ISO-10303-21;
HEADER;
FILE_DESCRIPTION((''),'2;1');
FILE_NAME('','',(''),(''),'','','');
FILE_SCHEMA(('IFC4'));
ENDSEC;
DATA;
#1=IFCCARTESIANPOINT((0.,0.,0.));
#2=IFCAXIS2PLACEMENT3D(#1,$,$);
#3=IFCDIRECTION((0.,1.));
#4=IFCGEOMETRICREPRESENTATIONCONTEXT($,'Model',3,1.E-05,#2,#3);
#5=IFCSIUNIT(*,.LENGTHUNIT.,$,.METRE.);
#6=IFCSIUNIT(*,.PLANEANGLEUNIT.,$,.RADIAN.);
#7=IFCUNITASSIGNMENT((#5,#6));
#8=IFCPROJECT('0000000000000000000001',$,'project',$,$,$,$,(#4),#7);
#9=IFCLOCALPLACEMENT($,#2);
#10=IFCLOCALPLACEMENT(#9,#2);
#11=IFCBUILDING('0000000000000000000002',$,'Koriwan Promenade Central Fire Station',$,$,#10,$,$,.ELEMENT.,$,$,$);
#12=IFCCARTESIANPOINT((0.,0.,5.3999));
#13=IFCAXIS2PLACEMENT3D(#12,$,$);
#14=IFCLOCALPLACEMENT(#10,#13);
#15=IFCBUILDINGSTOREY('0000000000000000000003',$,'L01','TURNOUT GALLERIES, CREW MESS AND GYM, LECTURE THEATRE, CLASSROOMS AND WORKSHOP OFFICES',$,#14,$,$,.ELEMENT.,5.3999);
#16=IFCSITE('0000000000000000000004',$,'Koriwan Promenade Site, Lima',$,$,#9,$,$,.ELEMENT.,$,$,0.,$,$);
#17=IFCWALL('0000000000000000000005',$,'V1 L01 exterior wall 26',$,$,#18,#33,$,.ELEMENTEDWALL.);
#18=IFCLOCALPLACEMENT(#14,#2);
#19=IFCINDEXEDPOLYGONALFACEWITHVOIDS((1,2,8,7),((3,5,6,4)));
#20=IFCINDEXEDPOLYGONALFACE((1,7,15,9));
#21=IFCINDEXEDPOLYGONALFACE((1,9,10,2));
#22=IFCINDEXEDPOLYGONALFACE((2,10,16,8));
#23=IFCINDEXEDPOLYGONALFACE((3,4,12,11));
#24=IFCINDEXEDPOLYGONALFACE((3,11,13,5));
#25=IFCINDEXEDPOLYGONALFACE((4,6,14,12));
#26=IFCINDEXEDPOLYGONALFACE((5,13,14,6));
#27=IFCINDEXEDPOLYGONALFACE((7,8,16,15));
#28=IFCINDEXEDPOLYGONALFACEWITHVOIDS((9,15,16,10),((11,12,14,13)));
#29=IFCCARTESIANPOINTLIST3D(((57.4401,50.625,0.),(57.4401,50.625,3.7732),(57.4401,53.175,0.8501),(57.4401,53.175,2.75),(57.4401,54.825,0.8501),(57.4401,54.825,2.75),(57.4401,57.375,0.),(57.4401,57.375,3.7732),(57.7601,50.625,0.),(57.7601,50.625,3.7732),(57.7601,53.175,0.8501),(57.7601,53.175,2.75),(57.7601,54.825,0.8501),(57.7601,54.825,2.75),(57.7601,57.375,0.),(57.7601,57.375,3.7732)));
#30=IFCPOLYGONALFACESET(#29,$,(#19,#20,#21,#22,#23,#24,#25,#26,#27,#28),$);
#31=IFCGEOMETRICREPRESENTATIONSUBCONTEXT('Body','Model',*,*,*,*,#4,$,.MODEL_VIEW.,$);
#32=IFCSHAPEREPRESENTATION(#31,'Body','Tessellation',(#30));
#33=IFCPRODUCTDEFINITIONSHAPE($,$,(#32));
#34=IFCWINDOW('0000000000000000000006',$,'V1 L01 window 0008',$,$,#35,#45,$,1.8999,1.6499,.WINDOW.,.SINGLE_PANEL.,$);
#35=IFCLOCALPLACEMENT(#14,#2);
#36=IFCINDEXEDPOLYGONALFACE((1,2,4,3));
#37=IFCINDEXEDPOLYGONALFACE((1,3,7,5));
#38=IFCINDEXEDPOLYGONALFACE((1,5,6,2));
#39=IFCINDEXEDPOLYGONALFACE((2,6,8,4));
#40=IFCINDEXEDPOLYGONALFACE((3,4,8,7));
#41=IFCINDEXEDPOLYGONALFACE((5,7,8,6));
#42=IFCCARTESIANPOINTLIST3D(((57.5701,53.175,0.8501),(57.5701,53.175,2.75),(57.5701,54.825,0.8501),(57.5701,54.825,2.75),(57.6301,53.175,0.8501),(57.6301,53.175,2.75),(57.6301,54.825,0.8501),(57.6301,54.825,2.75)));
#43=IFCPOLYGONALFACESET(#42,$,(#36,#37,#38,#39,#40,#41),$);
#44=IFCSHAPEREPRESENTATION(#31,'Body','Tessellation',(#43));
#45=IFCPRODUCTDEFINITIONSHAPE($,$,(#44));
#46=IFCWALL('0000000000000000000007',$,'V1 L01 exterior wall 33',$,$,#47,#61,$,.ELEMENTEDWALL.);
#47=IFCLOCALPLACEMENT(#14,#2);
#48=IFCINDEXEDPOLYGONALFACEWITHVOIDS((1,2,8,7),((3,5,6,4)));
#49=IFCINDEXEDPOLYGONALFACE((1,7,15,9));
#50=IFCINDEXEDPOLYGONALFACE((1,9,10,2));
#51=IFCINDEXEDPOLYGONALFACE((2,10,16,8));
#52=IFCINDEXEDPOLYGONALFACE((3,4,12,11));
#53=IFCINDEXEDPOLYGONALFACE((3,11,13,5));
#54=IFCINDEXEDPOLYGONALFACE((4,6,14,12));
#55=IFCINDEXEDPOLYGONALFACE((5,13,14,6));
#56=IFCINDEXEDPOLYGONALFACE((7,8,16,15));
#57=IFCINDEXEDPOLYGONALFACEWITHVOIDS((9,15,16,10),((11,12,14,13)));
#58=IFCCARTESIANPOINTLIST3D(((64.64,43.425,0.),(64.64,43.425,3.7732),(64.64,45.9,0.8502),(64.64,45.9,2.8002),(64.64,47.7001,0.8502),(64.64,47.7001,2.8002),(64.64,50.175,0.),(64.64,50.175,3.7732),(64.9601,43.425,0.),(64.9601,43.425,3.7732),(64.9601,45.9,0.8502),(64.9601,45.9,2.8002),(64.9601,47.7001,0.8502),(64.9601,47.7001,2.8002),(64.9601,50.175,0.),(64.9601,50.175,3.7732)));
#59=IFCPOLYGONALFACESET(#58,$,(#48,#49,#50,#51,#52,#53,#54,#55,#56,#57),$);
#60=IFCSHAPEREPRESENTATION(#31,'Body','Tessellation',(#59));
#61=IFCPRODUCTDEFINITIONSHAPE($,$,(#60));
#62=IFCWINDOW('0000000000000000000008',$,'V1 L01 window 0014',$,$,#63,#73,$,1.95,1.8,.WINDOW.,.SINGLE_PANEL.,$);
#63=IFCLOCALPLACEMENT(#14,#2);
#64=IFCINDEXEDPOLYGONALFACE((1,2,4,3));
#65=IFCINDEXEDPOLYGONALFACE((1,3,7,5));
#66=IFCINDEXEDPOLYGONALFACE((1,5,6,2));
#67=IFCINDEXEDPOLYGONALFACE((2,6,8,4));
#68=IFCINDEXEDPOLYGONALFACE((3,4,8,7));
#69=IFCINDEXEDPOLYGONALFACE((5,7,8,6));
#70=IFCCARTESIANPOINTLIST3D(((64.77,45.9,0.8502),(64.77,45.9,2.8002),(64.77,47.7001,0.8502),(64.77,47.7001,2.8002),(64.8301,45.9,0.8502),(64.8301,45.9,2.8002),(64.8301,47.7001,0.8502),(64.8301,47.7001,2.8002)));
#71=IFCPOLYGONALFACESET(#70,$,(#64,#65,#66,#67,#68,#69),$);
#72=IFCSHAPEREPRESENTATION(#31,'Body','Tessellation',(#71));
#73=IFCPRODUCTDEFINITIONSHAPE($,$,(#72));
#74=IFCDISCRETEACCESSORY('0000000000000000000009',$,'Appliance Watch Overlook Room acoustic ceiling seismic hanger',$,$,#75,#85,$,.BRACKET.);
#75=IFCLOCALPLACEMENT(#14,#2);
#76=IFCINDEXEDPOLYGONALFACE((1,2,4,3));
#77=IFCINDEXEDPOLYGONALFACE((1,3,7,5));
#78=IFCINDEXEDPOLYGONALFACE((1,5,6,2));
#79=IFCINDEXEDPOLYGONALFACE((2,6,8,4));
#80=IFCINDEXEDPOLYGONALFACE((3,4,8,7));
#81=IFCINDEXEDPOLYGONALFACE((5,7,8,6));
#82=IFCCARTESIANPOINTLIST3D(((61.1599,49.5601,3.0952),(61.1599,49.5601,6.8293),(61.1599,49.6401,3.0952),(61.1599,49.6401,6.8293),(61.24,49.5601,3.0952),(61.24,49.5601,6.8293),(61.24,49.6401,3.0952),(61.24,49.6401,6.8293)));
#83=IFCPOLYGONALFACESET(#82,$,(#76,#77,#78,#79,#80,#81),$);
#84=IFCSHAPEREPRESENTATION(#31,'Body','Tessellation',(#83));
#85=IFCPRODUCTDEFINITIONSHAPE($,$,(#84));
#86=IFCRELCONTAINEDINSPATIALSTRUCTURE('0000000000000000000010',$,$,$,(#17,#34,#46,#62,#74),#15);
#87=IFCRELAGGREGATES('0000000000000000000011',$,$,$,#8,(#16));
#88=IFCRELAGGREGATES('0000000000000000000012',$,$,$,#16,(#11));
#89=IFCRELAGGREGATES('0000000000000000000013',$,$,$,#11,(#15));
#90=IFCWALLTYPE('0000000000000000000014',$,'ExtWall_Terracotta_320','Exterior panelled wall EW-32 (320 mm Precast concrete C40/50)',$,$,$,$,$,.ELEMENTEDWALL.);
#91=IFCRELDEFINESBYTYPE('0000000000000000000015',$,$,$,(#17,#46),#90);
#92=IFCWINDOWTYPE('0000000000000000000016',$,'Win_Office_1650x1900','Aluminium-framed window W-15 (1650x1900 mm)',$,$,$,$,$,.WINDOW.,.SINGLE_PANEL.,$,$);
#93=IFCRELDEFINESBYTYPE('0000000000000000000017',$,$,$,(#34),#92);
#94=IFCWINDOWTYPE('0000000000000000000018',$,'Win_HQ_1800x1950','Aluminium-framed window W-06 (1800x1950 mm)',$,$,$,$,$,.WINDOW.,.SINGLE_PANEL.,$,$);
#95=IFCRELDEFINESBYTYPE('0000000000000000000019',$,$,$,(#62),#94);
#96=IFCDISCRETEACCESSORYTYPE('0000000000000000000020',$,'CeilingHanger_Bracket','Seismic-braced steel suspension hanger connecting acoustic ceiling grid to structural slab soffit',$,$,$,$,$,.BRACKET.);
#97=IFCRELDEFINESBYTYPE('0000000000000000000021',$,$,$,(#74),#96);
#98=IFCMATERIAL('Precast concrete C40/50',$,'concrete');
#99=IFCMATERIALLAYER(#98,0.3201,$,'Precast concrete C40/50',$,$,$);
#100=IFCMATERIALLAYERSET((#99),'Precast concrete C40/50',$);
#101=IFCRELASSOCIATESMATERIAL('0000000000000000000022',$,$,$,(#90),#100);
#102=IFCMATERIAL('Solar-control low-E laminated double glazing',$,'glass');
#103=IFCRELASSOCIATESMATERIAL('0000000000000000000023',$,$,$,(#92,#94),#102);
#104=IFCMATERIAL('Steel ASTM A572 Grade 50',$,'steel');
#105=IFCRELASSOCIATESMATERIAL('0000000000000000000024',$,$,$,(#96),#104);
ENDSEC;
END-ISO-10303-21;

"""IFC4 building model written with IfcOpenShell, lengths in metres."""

from ifc_helpers import new_model, si_unit, direction, frame, frame_2d, origin, origin_2d, place, context, subcontext, project, spatial, rectangle, extrude, material, layer, layer_set, type_object, element, fill, save


model = new_model("IFC4")

# Units and contexts
model_context = context("Model", 3, precision=1e-05, world=origin(), true_north=direction((0.0, 1.0)))
body_context = subcontext(model_context, "Body", "Model", "MODEL_VIEW")
ifc_project = project(units=[si_unit("LENGTHUNIT", "METRE"), si_unit("PLANEANGLEUNIT", "RADIAN")], contexts=[model_context])

# Site, building, storey
site_placement = place(None, origin())
site = spatial("IfcSite", under=ifc_project, at=site_placement, Name="Koriwan Promenade Site, Lima", CompositionType="ELEMENT", RefElevation=0.0)
building_placement = place(site_placement, origin())
building = spatial("IfcBuilding", under=site, at=building_placement, Name="Koriwan Promenade Central Fire Station", CompositionType="ELEMENT")
storey_placement = place(building_placement, frame((0.0, 0.0, 5.3999)))
storey = spatial("IfcBuildingStorey", under=building, at=storey_placement, Name="L01", Description="TURNOUT GALLERIES, CREW MESS AND GYM, LECTURE THEATRE, CLASSROOMS AND WORKSHOP OFFICES", CompositionType="ELEMENT", Elevation=5.3999)

# Shared definitions
ifc_material_1 = material(Name="Steel ASTM A572 Grade 50", Category="steel")

# Walls, openings, windows
ifc_material_2 = material(Name="Precast concrete C40/50", Category="concrete")
ifc_layer_1 = layer(ifc_material_2, 0.3201, Name="Precast concrete C40/50")
ifc_layer_set_1 = layer_set([ifc_layer_1], Name="Precast concrete C40/50")
wall_type = type_object("IfcWallType", Name="ExtWall_Terracotta_320", Description="Exterior panelled wall EW-32 (320 mm Precast concrete C40/50)", PredefinedType="ELEMENTEDWALL", material=ifc_layer_set_1)
wall_1_placement = place(storey_placement, frame((57.6001, 50.625, 0.0), z_axis=(0.0, 0.0, 1.0), x_axis=(0.0, 1.0, 0.0)))
wall_1 = element("IfcWall", 1, at=wall_1_placement, inside=storey, type_object=wall_type, Name="V1 L01 exterior wall 26", PredefinedType="ELEMENTEDWALL", context=body_context, shape_type="SweptSolid", body=[
    extrude(rectangle(XDim=6.75, YDim=0.3201, at=frame_2d((3.375, 0.0))), origin(), (0.0, 0.0, 1.0), 3.7732),
])
opening_1_placement = place(wall_1_placement, frame((2.55, 0.0, 0.8501)))
opening_1 = element("IfcOpeningElement", 2, at=opening_1_placement, cuts=wall_1, PredefinedType="OPENING", context=body_context, shape_type="SweptSolid", body=[
    extrude(rectangle(XDim=1.6499, YDim=1.8999, at=frame_2d((0.825, 0.95))), frame((0.0, 0.1719, 0.0), z_axis=(0.0, -1.0, 0.0), x_axis=(1.0, 0.0, 0.0)), (0.0, 0.0, 1.0), 0.344),
])
ifc_material_3 = material(Name="Solar-control low-E laminated double glazing", Category="glass")
window_type_1 = type_object("IfcWindowType", Name="Win_Office_1650x1900", Description="Aluminium-framed window W-15 (1650x1900 mm)", PartitioningType="SINGLE_PANEL", PredefinedType="WINDOW", material=ifc_material_3)
window_1_placement = place(opening_1_placement, origin())
window_1 = element("IfcWindow", 3, at=window_1_placement, inside=storey, type_object=window_type_1, Name="V1 L01 window 0008", OverallHeight=1.8999, OverallWidth=1.6499, PartitioningType="SINGLE_PANEL", PredefinedType="WINDOW", context=body_context, shape_type="SweptSolid", body=[
    extrude(rectangle(XDim=1.6499, YDim=1.8999, at=frame_2d((0.825, 0.95))), frame((0.0, 0.03, 0.0), z_axis=(0.0, -1.0, 0.0), x_axis=(1.0, 0.0, 0.0)), (0.0, 0.0, 1.0), 0.0601),
])
fill(opening_1, window_1)
wall_2_placement = place(storey_placement, frame((64.8, 50.175, 0.0), z_axis=(0.0, 0.0, 1.0), x_axis=(0.0, -1.0, 0.0)))
wall_2 = element("IfcWall", 4, at=wall_2_placement, inside=storey, type_object=wall_type, Name="V1 L01 exterior wall 33", PredefinedType="ELEMENTEDWALL", context=body_context, shape_type="SweptSolid", body=[
    extrude(rectangle(XDim=6.75, YDim=0.3201, at=frame_2d((3.375, 0.0))), origin(), (0.0, 0.0, 1.0), 3.7732),
])
opening_2_placement = place(wall_2_placement, frame((2.4751, 0.0, 0.8501)))
opening_2 = element("IfcOpeningElement", 5, at=opening_2_placement, cuts=wall_2, PredefinedType="OPENING", context=body_context, shape_type="SweptSolid", body=[
    extrude(rectangle(XDim=1.8, YDim=1.95, at=frame_2d((0.8999, 0.9751))), frame((0.0, 0.1719, 0.0), z_axis=(0.0, -1.0, 0.0), x_axis=(1.0, 0.0, 0.0)), (0.0, 0.0, 1.0), 0.344),
])
window_type_2 = type_object("IfcWindowType", Name="Win_HQ_1800x1950", Description="Aluminium-framed window W-06 (1800x1950 mm)", PartitioningType="SINGLE_PANEL", PredefinedType="WINDOW", material=ifc_material_3)
window_2_placement = place(opening_2_placement, origin())
window_2 = element("IfcWindow", 6, at=window_2_placement, inside=storey, type_object=window_type_2, Name="V1 L01 window 0014", OverallHeight=1.95, OverallWidth=1.8, PartitioningType="SINGLE_PANEL", PredefinedType="WINDOW", context=body_context, shape_type="SweptSolid", body=[
    extrude(rectangle(XDim=1.8, YDim=1.95, at=frame_2d((0.8999, 0.9751))), frame((0.0, 0.03, 0.0), z_axis=(0.0, -1.0, 0.0), x_axis=(1.0, 0.0, 0.0)), (0.0, 0.0, 1.0), 0.0601),
])
fill(opening_2, window_2)

# Discrete accessory
discrete_accessory_type = type_object("IfcDiscreteAccessoryType", Name="CeilingHanger_Bracket", Description="Seismic-braced steel suspension hanger connecting acoustic ceiling grid to structural slab soffit", PredefinedType="BRACKET", material=ifc_material_1)
discrete_accessory_placement = place(storey_placement, frame((61.2, 49.6001, 3.0952), z_axis=(0.0, 0.0, 1.0), x_axis=(1.0, 0.0, 0.0)))
element("IfcDiscreteAccessory", 7, at=discrete_accessory_placement, inside=storey, type_object=discrete_accessory_type, Name="Appliance Watch Overlook Room acoustic ceiling seismic hanger", PredefinedType="BRACKET", context=body_context, shape_type="SweptSolid", body=[
    extrude(rectangle(XDim=0.0801, YDim=0.0801, at=origin_2d()), origin(), (0.0, 0.0, 1.0), 3.7341),
])

save(model, "model.ifc")
